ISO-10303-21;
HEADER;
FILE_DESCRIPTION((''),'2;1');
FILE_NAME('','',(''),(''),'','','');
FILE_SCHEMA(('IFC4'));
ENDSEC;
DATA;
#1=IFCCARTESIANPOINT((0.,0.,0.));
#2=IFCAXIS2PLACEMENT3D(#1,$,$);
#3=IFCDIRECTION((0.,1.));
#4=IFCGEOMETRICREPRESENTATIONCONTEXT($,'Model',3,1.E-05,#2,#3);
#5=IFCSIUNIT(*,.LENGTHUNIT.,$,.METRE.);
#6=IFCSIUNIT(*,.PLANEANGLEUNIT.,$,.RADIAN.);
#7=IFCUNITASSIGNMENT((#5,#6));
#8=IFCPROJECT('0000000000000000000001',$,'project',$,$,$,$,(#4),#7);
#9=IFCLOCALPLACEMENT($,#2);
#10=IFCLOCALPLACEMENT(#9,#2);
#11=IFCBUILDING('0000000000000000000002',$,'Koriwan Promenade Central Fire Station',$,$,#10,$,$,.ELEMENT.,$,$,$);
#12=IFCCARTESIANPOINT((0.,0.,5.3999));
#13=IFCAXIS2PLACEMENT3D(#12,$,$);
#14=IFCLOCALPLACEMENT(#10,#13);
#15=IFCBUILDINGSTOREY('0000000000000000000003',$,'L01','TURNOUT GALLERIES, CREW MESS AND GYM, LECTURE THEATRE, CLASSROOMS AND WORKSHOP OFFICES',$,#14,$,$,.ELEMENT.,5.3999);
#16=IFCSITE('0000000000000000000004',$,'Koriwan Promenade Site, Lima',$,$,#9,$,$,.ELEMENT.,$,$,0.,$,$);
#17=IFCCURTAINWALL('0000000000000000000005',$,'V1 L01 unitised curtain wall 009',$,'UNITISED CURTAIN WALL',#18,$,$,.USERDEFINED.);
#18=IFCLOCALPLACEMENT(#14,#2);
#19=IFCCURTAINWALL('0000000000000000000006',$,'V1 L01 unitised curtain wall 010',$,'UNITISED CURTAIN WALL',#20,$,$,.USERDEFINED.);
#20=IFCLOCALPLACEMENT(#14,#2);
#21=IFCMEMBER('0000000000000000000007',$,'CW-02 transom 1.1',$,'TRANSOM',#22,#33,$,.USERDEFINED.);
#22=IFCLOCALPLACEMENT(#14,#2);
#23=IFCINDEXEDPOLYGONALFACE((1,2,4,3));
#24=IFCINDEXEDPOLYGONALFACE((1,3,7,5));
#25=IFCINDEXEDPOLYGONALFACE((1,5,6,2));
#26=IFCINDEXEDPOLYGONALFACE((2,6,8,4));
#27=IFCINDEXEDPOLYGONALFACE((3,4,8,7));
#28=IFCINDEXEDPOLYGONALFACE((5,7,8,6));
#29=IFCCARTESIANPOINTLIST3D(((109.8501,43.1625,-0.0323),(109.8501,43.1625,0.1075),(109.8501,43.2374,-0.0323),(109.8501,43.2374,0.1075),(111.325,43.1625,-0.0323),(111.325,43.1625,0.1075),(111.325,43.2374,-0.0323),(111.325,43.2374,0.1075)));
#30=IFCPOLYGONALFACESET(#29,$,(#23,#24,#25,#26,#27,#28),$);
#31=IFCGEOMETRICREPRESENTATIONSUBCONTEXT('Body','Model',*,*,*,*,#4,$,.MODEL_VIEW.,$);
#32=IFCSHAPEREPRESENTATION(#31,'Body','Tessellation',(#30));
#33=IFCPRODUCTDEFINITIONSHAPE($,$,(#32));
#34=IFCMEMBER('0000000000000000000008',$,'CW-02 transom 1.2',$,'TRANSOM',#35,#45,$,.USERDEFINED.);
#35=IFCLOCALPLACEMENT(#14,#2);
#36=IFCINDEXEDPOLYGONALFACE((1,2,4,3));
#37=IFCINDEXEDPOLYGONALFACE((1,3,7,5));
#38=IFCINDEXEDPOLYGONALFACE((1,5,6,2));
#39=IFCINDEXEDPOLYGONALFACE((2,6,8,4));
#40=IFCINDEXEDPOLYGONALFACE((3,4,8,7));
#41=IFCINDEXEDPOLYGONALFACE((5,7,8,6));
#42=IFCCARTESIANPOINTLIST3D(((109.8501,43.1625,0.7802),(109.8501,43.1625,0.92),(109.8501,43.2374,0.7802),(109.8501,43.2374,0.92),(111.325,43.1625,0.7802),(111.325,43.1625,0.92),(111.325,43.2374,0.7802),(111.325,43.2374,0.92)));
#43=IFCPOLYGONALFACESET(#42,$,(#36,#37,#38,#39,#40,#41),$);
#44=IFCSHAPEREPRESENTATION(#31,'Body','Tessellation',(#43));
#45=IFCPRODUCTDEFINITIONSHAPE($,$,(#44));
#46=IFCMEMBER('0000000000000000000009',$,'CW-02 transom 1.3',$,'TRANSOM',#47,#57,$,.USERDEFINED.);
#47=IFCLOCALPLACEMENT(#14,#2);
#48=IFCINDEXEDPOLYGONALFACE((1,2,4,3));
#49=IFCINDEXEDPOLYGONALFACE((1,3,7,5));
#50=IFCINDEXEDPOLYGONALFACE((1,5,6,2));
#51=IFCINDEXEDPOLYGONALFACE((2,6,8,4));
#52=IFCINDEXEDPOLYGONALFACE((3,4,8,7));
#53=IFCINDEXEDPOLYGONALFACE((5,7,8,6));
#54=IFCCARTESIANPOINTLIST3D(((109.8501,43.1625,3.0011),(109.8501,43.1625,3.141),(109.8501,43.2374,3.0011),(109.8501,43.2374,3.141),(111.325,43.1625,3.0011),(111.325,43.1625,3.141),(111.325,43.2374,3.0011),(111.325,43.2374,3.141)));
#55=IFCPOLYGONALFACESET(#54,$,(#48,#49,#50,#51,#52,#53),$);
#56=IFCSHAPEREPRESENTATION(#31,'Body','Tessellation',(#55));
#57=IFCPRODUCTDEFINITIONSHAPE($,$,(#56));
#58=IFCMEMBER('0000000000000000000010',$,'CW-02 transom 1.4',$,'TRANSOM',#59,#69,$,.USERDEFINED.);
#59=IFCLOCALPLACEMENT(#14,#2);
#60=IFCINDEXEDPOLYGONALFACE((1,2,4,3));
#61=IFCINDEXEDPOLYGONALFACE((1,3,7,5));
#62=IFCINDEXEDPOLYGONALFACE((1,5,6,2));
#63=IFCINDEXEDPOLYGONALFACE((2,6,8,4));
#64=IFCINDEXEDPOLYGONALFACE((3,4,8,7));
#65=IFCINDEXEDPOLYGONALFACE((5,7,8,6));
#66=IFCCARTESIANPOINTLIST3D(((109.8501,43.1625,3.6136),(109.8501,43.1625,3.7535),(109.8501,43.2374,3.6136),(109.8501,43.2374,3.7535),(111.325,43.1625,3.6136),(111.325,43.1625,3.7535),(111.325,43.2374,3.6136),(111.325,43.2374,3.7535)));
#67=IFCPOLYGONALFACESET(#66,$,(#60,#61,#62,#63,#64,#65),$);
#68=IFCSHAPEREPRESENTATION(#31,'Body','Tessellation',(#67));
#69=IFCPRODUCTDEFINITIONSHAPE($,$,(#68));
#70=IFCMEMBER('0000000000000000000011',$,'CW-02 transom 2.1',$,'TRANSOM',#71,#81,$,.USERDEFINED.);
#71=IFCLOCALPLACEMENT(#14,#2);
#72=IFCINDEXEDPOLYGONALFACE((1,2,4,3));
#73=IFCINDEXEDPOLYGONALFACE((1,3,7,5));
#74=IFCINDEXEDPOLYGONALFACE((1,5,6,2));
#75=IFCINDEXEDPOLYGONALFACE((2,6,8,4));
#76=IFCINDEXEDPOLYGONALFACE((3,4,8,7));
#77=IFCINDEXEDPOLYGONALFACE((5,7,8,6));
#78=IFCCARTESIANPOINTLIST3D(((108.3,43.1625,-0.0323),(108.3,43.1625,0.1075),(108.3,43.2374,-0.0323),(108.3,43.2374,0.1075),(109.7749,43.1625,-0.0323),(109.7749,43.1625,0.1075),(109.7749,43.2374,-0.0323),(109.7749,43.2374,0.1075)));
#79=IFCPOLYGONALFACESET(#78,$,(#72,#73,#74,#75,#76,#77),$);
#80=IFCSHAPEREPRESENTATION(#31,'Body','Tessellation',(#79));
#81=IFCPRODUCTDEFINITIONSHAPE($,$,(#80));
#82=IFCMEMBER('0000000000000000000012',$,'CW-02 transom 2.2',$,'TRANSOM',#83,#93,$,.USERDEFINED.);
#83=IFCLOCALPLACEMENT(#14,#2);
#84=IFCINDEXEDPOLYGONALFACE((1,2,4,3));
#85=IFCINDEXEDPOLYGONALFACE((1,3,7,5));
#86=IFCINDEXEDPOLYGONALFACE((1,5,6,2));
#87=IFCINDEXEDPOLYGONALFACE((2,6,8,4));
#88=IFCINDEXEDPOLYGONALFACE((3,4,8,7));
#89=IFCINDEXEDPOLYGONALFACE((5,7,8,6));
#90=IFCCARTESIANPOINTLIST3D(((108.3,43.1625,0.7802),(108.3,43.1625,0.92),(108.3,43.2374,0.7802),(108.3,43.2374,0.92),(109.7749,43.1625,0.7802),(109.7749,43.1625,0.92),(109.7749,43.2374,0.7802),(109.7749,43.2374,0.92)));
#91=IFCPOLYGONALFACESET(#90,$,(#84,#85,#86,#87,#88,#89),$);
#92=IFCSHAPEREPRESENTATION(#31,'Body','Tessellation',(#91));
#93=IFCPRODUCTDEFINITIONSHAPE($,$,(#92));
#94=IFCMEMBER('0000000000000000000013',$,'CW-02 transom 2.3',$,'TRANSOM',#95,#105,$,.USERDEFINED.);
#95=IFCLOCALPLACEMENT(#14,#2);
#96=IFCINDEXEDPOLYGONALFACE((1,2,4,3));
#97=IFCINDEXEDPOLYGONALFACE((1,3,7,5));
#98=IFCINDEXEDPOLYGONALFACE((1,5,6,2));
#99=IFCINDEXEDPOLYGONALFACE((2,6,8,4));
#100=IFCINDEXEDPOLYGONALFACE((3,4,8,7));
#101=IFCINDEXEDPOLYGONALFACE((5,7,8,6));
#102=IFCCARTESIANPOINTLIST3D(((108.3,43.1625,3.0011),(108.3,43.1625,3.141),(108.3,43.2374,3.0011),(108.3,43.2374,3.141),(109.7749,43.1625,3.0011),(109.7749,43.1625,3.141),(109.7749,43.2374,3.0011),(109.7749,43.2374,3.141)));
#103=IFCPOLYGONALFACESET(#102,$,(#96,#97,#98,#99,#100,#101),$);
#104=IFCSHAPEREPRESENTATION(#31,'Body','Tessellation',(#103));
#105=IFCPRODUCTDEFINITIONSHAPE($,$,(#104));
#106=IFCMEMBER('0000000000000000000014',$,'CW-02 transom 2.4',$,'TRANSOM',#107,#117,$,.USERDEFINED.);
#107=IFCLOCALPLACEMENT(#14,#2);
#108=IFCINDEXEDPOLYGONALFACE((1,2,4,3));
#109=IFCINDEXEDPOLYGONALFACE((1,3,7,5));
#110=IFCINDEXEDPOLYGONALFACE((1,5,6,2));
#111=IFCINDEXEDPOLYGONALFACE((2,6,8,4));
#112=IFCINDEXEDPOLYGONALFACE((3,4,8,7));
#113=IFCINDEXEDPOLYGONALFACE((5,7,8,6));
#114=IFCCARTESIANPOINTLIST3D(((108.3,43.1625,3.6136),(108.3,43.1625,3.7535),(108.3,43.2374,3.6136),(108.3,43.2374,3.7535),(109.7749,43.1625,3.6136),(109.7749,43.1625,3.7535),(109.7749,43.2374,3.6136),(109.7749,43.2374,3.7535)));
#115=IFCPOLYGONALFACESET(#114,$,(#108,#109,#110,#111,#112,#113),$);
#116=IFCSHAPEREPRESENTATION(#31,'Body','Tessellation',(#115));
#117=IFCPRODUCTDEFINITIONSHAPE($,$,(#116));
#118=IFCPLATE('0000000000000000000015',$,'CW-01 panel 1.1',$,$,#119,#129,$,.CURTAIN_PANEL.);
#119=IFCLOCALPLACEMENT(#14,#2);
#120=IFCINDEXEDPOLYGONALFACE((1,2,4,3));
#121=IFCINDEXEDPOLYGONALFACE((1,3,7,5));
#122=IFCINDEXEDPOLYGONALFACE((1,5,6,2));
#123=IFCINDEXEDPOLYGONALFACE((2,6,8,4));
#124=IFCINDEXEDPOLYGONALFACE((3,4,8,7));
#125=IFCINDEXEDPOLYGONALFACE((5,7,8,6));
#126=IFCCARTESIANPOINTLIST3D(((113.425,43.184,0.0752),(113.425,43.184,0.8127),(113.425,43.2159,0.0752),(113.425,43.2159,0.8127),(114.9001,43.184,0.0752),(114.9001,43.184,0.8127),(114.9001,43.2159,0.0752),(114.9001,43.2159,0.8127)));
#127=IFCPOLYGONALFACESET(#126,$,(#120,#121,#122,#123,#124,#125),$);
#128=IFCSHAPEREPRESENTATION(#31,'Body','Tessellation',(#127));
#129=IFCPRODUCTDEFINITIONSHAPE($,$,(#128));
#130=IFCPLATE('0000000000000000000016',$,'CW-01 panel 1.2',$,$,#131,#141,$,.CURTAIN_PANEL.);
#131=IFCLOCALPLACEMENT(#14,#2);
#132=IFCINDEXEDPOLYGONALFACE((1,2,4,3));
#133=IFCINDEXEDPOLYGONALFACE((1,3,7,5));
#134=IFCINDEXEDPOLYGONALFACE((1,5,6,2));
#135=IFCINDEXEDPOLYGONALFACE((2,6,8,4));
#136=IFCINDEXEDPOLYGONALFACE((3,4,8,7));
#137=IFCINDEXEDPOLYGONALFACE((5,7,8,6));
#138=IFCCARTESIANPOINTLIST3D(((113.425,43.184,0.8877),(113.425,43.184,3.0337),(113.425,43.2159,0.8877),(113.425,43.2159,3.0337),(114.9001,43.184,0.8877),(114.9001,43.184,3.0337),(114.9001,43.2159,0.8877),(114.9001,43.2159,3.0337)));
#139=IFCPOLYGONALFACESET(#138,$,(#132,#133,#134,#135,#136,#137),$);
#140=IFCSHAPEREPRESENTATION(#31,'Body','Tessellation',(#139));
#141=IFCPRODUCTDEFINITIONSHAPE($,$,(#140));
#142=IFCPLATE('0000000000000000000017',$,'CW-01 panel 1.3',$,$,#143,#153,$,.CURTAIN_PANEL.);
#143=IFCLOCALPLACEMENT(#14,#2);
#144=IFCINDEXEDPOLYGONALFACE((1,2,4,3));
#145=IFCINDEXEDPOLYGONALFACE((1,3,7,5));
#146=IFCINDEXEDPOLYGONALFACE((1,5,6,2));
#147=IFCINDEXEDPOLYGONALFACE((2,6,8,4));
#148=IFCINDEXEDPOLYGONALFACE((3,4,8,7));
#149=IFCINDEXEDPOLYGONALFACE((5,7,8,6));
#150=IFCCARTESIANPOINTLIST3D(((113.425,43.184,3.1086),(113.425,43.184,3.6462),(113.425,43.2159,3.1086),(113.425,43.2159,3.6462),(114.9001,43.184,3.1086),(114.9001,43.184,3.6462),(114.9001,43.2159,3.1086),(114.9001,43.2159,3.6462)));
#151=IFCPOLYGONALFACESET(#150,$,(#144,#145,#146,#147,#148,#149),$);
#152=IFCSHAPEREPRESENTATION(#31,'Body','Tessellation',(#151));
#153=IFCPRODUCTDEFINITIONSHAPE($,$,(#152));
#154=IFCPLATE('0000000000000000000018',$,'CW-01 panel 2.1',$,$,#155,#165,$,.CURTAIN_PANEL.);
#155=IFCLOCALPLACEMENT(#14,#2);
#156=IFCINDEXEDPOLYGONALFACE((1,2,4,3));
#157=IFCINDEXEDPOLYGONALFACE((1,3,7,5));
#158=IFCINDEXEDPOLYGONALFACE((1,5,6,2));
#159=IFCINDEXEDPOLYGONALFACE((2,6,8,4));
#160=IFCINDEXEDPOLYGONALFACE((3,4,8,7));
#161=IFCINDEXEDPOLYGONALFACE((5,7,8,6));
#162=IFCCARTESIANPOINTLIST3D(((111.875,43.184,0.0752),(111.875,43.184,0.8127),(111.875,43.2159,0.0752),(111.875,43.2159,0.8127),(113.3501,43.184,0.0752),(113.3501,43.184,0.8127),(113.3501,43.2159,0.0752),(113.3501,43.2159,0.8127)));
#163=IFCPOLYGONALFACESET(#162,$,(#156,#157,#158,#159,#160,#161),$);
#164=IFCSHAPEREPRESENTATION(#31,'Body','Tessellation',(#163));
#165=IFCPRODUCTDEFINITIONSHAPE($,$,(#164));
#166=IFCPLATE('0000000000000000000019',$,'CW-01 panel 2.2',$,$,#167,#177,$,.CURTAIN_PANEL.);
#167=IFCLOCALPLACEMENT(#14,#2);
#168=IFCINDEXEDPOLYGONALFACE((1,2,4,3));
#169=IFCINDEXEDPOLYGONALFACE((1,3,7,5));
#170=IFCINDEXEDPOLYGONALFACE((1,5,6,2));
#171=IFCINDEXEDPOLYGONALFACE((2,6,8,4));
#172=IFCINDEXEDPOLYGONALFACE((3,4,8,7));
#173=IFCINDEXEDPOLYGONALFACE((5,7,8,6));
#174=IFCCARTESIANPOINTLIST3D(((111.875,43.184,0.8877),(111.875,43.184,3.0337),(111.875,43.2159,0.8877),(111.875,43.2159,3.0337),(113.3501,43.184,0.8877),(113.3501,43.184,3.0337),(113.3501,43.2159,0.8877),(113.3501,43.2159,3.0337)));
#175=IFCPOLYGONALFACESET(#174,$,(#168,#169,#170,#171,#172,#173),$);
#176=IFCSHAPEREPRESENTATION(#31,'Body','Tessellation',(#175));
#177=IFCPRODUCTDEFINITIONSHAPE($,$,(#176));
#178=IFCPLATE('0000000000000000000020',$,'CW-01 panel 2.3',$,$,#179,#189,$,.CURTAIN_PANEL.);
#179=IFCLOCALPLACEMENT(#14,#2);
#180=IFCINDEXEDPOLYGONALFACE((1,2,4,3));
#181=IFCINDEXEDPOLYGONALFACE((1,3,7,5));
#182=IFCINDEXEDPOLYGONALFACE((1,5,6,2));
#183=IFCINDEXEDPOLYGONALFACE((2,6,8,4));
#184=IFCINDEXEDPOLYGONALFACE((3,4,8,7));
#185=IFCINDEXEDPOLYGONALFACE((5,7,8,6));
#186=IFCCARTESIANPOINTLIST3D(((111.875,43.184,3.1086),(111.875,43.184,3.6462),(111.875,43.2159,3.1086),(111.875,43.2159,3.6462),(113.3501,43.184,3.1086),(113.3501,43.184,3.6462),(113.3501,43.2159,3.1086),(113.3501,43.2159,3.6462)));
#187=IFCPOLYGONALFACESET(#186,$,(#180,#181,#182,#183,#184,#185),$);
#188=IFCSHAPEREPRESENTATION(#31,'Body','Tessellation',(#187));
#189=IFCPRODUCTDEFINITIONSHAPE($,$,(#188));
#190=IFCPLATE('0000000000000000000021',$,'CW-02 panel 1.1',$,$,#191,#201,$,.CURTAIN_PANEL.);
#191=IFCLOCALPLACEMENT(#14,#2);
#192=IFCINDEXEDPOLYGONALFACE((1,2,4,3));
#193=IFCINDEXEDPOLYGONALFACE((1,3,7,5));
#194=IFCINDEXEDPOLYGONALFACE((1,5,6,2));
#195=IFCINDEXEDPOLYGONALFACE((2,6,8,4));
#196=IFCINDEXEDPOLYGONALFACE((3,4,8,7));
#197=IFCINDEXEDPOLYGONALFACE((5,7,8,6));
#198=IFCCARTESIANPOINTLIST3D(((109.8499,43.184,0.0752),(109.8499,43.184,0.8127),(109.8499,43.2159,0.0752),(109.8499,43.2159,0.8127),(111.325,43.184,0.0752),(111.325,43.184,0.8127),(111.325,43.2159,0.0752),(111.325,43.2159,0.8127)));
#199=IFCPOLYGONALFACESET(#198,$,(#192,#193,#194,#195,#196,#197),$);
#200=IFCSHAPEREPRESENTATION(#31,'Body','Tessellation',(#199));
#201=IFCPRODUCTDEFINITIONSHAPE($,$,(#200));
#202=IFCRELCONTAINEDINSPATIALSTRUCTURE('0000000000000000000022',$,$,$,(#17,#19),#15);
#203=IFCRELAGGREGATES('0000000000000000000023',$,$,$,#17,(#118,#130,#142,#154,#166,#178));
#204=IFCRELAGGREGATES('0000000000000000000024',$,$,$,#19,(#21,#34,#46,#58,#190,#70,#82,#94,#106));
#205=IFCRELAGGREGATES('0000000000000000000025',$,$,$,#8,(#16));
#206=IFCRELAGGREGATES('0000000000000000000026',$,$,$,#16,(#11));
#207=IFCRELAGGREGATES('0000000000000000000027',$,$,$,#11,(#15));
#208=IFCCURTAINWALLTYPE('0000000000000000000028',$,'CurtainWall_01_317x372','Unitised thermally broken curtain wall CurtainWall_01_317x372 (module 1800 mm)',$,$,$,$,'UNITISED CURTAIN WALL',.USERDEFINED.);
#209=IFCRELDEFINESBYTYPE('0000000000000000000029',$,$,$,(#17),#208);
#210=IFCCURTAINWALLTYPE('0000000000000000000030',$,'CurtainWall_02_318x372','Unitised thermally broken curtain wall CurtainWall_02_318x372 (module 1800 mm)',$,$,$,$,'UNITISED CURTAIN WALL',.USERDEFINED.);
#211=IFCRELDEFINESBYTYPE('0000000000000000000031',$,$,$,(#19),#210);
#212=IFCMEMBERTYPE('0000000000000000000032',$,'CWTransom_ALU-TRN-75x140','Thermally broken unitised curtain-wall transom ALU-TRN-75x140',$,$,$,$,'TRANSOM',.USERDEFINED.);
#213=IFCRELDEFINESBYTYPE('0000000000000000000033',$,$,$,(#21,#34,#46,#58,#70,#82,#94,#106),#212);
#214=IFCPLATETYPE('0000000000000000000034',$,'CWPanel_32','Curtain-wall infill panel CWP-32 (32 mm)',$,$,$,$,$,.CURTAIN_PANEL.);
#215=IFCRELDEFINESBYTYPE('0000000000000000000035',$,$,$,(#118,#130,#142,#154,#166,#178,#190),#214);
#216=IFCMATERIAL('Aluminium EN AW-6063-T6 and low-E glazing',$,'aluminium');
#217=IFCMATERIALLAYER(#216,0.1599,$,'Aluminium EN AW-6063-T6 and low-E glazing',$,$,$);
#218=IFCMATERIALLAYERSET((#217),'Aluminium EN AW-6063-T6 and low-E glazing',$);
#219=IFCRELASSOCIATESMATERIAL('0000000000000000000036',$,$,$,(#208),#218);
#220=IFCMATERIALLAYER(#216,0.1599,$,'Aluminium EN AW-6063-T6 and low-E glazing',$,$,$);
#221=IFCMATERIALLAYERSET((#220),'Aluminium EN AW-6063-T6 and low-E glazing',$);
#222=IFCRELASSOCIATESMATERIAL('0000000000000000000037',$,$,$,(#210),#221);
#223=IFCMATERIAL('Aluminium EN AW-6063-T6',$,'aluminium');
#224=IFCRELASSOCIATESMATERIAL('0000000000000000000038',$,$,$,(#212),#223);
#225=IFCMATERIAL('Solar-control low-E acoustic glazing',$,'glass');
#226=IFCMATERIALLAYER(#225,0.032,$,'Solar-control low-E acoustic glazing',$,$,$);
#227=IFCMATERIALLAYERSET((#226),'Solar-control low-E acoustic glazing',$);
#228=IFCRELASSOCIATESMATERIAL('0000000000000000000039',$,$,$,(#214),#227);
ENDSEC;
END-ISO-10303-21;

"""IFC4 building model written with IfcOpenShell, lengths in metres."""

from ifc_helpers import new_model, si_unit, direction, frame, origin, origin_2d, place, context, subcontext, project, spatial, rectangle, extrude, material, layer, layer_set, material_profile, profile_set, type_object, element, aggregate, save


model = new_model("IFC4")

# Units and contexts
model_context = context("Model", 3, precision=1e-05, world=origin(), true_north=direction((0.0, 1.0)))
body_context = subcontext(model_context, "Body", "Model", "MODEL_VIEW")
ifc_project = project(units=[si_unit("LENGTHUNIT", "METRE"), si_unit("PLANEANGLEUNIT", "RADIAN")], contexts=[model_context])

# Site, building, storey
site_placement = place(None, origin())
site = spatial("IfcSite", under=ifc_project, at=site_placement, Name="Koriwan Promenade Site, Lima", CompositionType="ELEMENT", RefElevation=0.0)
building_placement = place(site_placement, origin())
building = spatial("IfcBuilding", under=site, at=building_placement, Name="Koriwan Promenade Central Fire Station", CompositionType="ELEMENT")
storey_placement = place(building_placement, frame((0.0, 0.0, 5.3999)))
storey = spatial("IfcBuildingStorey", under=building, at=storey_placement, Name="L01", Description="TURNOUT GALLERIES, CREW MESS AND GYM, LECTURE THEATRE, CLASSROOMS AND WORKSHOP OFFICES", CompositionType="ELEMENT", Elevation=5.3999)

# Curtain walls
ifc_material_1 = material(Name="Aluminium EN AW-6063-T6 and low-E glazing", Category="aluminium")
ifc_layer_1 = layer(ifc_material_1, 0.1599, Name="Aluminium EN AW-6063-T6 and low-E glazing")
ifc_layer_set_1 = layer_set([ifc_layer_1], Name="Aluminium EN AW-6063-T6 and low-E glazing")
curtain_wall_type_1 = type_object("IfcCurtainWallType", Name="CurtainWall_01_317x372", Description="Unitised thermally broken curtain wall CurtainWall_01_317x372 (module 1800 mm)", ElementType="UNITISED CURTAIN WALL", PredefinedType="USERDEFINED", material=ifc_layer_set_1)
curtain_wall_1_placement = place(storey_placement, origin())
curtain_wall_1 = element("IfcCurtainWall", 1, at=curtain_wall_1_placement, inside=storey, type_object=curtain_wall_type_1, Name="V1 L01 unitised curtain wall 009", ObjectType="UNITISED CURTAIN WALL", PredefinedType="USERDEFINED")
ifc_material_2 = material(Name="Aluminium EN AW-6063-T6", Category="aluminium")
ifc_layer_2 = layer(ifc_material_1, 0.1599, Name="Aluminium EN AW-6063-T6 and low-E glazing")
ifc_layer_set_2 = layer_set([ifc_layer_2], Name="Aluminium EN AW-6063-T6 and low-E glazing")
curtain_wall_type_2 = type_object("IfcCurtainWallType", Name="CurtainWall_02_318x372", Description="Unitised thermally broken curtain wall CurtainWall_02_318x372 (module 1800 mm)", ElementType="UNITISED CURTAIN WALL", PredefinedType="USERDEFINED", material=ifc_layer_set_2)
curtain_wall_2_placement = place(storey_placement, origin())
curtain_wall_2 = element("IfcCurtainWall", 2, at=curtain_wall_2_placement, inside=storey, type_object=curtain_wall_type_2, Name="V1 L01 unitised curtain wall 010", ObjectType="UNITISED CURTAIN WALL", PredefinedType="USERDEFINED")

# Members
ifc_material_profile_1 = material_profile(ifc_material_2, rectangle(XDim=0.075, YDim=0.1399, at=origin_2d()), Name="ALU-TRN-75x140")
ifc_profile_set_1 = profile_set([ifc_material_profile_1], Name="Aluminium EN AW-6063-T6")
member_type_1 = type_object("IfcMemberType", Name="CWTransom_ALU-TRN-75x140", Description="Thermally broken unitised curtain-wall transom ALU-TRN-75x140", ElementType="TRANSOM", PredefinedType="USERDEFINED", material=ifc_profile_set_1)
member_1_placement = place(storey_placement, frame((111.325, 43.2, 0.0376), z_axis=(-1.0, 0.0, 0.0), x_axis=(0.0, -1.0, 0.0)))
member_1 = element("IfcMember", 3, at=member_1_placement, type_object=member_type_1, Name="CW-02 transom 1.1", ObjectType="TRANSOM", PredefinedType="USERDEFINED", context=body_context, shape_type="SweptSolid", body=[
    extrude(rectangle(XDim=0.075, YDim=0.1399, at=origin_2d()), origin(), (0.0, 0.0, 1.0), 1.4749),
])
member_2_placement = place(storey_placement, frame((111.325, 43.2, 0.8501), z_axis=(-1.0, 0.0, 0.0), x_axis=(0.0, -1.0, 0.0)))
member_2 = element("IfcMember", 4, at=member_2_placement, type_object=member_type_1, Name="CW-02 transom 1.2", ObjectType="TRANSOM", PredefinedType="USERDEFINED", context=body_context, shape_type="SweptSolid", body=[
    extrude(rectangle(XDim=0.075, YDim=0.1399, at=origin_2d()), origin(), (0.0, 0.0, 1.0), 1.4749),
])
member_3_placement = place(storey_placement, frame((111.325, 43.2, 3.071), z_axis=(-1.0, 0.0, 0.0), x_axis=(0.0, -1.0, 0.0)))
member_3 = element("IfcMember", 5, at=member_3_placement, type_object=member_type_1, Name="CW-02 transom 1.3", ObjectType="TRANSOM", PredefinedType="USERDEFINED", context=body_context, shape_type="SweptSolid", body=[
    extrude(rectangle(XDim=0.075, YDim=0.1399, at=origin_2d()), origin(), (0.0, 0.0, 1.0), 1.4749),
])
member_4_placement = place(storey_placement, frame((111.325, 43.2, 3.6836), z_axis=(-1.0, 0.0, 0.0), x_axis=(0.0, -1.0, 0.0)))
member_4 = element("IfcMember", 6, at=member_4_placement, type_object=member_type_1, Name="CW-02 transom 1.4", ObjectType="TRANSOM", PredefinedType="USERDEFINED", context=body_context, shape_type="SweptSolid", body=[
    extrude(rectangle(XDim=0.075, YDim=0.1399, at=origin_2d()), origin(), (0.0, 0.0, 1.0), 1.4749),
])
member_5_placement = place(storey_placement, frame((109.7749, 43.2, 0.0376), z_axis=(-1.0, 0.0, 0.0), x_axis=(0.0, -1.0, 0.0)))
member_5 = element("IfcMember", 7, at=member_5_placement, type_object=member_type_1, Name="CW-02 transom 2.1", ObjectType="TRANSOM", PredefinedType="USERDEFINED", context=body_context, shape_type="SweptSolid", body=[
    extrude(rectangle(XDim=0.075, YDim=0.1399, at=origin_2d()), origin(), (0.0, 0.0, 1.0), 1.4749),
])
member_6_placement = place(storey_placement, frame((109.7749, 43.2, 0.8501), z_axis=(-1.0, 0.0, 0.0), x_axis=(0.0, -1.0, 0.0)))
member_6 = element("IfcMember", 8, at=member_6_placement, type_object=member_type_1, Name="CW-02 transom 2.2", ObjectType="TRANSOM", PredefinedType="USERDEFINED", context=body_context, shape_type="SweptSolid", body=[
    extrude(rectangle(XDim=0.075, YDim=0.1399, at=origin_2d()), origin(), (0.0, 0.0, 1.0), 1.4749),
])
member_7_placement = place(storey_placement, frame((109.7749, 43.2, 3.071), z_axis=(-1.0, 0.0, 0.0), x_axis=(0.0, -1.0, 0.0)))
member_7 = element("IfcMember", 9, at=member_7_placement, type_object=member_type_1, Name="CW-02 transom 2.3", ObjectType="TRANSOM", PredefinedType="USERDEFINED", context=body_context, shape_type="SweptSolid", body=[
    extrude(rectangle(XDim=0.075, YDim=0.1399, at=origin_2d()), origin(), (0.0, 0.0, 1.0), 1.4749),
])
member_8_placement = place(storey_placement, frame((109.7749, 43.2, 3.6836), z_axis=(-1.0, 0.0, 0.0), x_axis=(0.0, -1.0, 0.0)))
member_8 = element("IfcMember", 10, at=member_8_placement, type_object=member_type_1, Name="CW-02 transom 2.4", ObjectType="TRANSOM", PredefinedType="USERDEFINED", context=body_context, shape_type="SweptSolid", body=[
    extrude(rectangle(XDim=0.075, YDim=0.1399, at=origin_2d()), origin(), (0.0, 0.0, 1.0), 1.4749),
])

# Plates
ifc_material_3 = material(Name="Solar-control low-E acoustic glazing", Category="glass")
ifc_layer_3 = layer(ifc_material_3, 0.032, Name="Solar-control low-E acoustic glazing")
ifc_layer_set_3 = layer_set([ifc_layer_3], Name="Solar-control low-E acoustic glazing")
plate_type = type_object("IfcPlateType", Name="CWPanel_32", Description="Curtain-wall infill panel CWP-32 (32 mm)", PredefinedType="CURTAIN_PANEL", material=ifc_layer_set_3)
plate_1_placement = place(storey_placement, frame((114.1626, 43.2, 0.0752), z_axis=(0.0, 0.0, 1.0), x_axis=(-1.0, 0.0, 0.0)))
plate_1 = element("IfcPlate", 11, at=plate_1_placement, type_object=plate_type, Name="CW-01 panel 1.1", PredefinedType="CURTAIN_PANEL", context=body_context, shape_type="SweptSolid", body=[
    extrude(rectangle(XDim=1.4751, YDim=0.032, at=origin_2d()), origin(), (0.0, 0.0, 1.0), 0.7375),
])
plate_2_placement = place(storey_placement, frame((114.1626, 43.2, 0.8877), z_axis=(0.0, 0.0, 1.0), x_axis=(-1.0, 0.0, 0.0)))
plate_2 = element("IfcPlate", 12, at=plate_2_placement, type_object=plate_type, Name="CW-01 panel 1.2", PredefinedType="CURTAIN_PANEL", context=body_context, shape_type="SweptSolid", body=[
    extrude(rectangle(XDim=1.4751, YDim=0.032, at=origin_2d()), origin(), (0.0, 0.0, 1.0), 2.146),
])
plate_3_placement = place(storey_placement, frame((114.1626, 43.2, 3.1086), z_axis=(0.0, 0.0, 1.0), x_axis=(-1.0, 0.0, 0.0)))
plate_3 = element("IfcPlate", 13, at=plate_3_placement, type_object=plate_type, Name="CW-01 panel 1.3", PredefinedType="CURTAIN_PANEL", context=body_context, shape_type="SweptSolid", body=[
    extrude(rectangle(XDim=1.4751, YDim=0.032, at=origin_2d()), origin(), (0.0, 0.0, 1.0), 0.5376),
])
plate_4_placement = place(storey_placement, frame((112.6125, 43.2, 0.0752), z_axis=(0.0, 0.0, 1.0), x_axis=(-1.0, 0.0, 0.0)))
plate_4 = element("IfcPlate", 14, at=plate_4_placement, type_object=plate_type, Name="CW-01 panel 2.1", PredefinedType="CURTAIN_PANEL", context=body_context, shape_type="SweptSolid", body=[
    extrude(rectangle(XDim=1.4751, YDim=0.032, at=origin_2d()), origin(), (0.0, 0.0, 1.0), 0.7375),
])
plate_5_placement = place(storey_placement, frame((112.6125, 43.2, 0.8877), z_axis=(0.0, 0.0, 1.0), x_axis=(-1.0, 0.0, 0.0)))
plate_5 = element("IfcPlate", 15, at=plate_5_placement, type_object=plate_type, Name="CW-01 panel 2.2", PredefinedType="CURTAIN_PANEL", context=body_context, shape_type="SweptSolid", body=[
    extrude(rectangle(XDim=1.4751, YDim=0.032, at=origin_2d()), origin(), (0.0, 0.0, 1.0), 2.146),
])
plate_6_placement = place(storey_placement, frame((112.6125, 43.2, 3.1086), z_axis=(0.0, 0.0, 1.0), x_axis=(-1.0, 0.0, 0.0)))
plate_6 = element("IfcPlate", 16, at=plate_6_placement, type_object=plate_type, Name="CW-01 panel 2.3", PredefinedType="CURTAIN_PANEL", context=body_context, shape_type="SweptSolid", body=[
    extrude(rectangle(XDim=1.4751, YDim=0.032, at=origin_2d()), origin(), (0.0, 0.0, 1.0), 0.5376),
])
aggregate(curtain_wall_1, [plate_1, plate_2, plate_3, plate_4, plate_5, plate_6])
plate_7_placement = place(storey_placement, frame((110.5874, 43.2, 0.0752), z_axis=(0.0, 0.0, 1.0), x_axis=(-1.0, 0.0, 0.0)))
plate_7 = element("IfcPlate", 17, at=plate_7_placement, type_object=plate_type, Name="CW-02 panel 1.1", PredefinedType="CURTAIN_PANEL", context=body_context, shape_type="SweptSolid", body=[
    extrude(rectangle(XDim=1.4751, YDim=0.032, at=origin_2d()), origin(), (0.0, 0.0, 1.0), 0.7375),
])
aggregate(curtain_wall_2, [member_1, member_2, member_3, member_4, plate_7, member_5, member_6, member_7, member_8])

save(model, "model.ifc")
